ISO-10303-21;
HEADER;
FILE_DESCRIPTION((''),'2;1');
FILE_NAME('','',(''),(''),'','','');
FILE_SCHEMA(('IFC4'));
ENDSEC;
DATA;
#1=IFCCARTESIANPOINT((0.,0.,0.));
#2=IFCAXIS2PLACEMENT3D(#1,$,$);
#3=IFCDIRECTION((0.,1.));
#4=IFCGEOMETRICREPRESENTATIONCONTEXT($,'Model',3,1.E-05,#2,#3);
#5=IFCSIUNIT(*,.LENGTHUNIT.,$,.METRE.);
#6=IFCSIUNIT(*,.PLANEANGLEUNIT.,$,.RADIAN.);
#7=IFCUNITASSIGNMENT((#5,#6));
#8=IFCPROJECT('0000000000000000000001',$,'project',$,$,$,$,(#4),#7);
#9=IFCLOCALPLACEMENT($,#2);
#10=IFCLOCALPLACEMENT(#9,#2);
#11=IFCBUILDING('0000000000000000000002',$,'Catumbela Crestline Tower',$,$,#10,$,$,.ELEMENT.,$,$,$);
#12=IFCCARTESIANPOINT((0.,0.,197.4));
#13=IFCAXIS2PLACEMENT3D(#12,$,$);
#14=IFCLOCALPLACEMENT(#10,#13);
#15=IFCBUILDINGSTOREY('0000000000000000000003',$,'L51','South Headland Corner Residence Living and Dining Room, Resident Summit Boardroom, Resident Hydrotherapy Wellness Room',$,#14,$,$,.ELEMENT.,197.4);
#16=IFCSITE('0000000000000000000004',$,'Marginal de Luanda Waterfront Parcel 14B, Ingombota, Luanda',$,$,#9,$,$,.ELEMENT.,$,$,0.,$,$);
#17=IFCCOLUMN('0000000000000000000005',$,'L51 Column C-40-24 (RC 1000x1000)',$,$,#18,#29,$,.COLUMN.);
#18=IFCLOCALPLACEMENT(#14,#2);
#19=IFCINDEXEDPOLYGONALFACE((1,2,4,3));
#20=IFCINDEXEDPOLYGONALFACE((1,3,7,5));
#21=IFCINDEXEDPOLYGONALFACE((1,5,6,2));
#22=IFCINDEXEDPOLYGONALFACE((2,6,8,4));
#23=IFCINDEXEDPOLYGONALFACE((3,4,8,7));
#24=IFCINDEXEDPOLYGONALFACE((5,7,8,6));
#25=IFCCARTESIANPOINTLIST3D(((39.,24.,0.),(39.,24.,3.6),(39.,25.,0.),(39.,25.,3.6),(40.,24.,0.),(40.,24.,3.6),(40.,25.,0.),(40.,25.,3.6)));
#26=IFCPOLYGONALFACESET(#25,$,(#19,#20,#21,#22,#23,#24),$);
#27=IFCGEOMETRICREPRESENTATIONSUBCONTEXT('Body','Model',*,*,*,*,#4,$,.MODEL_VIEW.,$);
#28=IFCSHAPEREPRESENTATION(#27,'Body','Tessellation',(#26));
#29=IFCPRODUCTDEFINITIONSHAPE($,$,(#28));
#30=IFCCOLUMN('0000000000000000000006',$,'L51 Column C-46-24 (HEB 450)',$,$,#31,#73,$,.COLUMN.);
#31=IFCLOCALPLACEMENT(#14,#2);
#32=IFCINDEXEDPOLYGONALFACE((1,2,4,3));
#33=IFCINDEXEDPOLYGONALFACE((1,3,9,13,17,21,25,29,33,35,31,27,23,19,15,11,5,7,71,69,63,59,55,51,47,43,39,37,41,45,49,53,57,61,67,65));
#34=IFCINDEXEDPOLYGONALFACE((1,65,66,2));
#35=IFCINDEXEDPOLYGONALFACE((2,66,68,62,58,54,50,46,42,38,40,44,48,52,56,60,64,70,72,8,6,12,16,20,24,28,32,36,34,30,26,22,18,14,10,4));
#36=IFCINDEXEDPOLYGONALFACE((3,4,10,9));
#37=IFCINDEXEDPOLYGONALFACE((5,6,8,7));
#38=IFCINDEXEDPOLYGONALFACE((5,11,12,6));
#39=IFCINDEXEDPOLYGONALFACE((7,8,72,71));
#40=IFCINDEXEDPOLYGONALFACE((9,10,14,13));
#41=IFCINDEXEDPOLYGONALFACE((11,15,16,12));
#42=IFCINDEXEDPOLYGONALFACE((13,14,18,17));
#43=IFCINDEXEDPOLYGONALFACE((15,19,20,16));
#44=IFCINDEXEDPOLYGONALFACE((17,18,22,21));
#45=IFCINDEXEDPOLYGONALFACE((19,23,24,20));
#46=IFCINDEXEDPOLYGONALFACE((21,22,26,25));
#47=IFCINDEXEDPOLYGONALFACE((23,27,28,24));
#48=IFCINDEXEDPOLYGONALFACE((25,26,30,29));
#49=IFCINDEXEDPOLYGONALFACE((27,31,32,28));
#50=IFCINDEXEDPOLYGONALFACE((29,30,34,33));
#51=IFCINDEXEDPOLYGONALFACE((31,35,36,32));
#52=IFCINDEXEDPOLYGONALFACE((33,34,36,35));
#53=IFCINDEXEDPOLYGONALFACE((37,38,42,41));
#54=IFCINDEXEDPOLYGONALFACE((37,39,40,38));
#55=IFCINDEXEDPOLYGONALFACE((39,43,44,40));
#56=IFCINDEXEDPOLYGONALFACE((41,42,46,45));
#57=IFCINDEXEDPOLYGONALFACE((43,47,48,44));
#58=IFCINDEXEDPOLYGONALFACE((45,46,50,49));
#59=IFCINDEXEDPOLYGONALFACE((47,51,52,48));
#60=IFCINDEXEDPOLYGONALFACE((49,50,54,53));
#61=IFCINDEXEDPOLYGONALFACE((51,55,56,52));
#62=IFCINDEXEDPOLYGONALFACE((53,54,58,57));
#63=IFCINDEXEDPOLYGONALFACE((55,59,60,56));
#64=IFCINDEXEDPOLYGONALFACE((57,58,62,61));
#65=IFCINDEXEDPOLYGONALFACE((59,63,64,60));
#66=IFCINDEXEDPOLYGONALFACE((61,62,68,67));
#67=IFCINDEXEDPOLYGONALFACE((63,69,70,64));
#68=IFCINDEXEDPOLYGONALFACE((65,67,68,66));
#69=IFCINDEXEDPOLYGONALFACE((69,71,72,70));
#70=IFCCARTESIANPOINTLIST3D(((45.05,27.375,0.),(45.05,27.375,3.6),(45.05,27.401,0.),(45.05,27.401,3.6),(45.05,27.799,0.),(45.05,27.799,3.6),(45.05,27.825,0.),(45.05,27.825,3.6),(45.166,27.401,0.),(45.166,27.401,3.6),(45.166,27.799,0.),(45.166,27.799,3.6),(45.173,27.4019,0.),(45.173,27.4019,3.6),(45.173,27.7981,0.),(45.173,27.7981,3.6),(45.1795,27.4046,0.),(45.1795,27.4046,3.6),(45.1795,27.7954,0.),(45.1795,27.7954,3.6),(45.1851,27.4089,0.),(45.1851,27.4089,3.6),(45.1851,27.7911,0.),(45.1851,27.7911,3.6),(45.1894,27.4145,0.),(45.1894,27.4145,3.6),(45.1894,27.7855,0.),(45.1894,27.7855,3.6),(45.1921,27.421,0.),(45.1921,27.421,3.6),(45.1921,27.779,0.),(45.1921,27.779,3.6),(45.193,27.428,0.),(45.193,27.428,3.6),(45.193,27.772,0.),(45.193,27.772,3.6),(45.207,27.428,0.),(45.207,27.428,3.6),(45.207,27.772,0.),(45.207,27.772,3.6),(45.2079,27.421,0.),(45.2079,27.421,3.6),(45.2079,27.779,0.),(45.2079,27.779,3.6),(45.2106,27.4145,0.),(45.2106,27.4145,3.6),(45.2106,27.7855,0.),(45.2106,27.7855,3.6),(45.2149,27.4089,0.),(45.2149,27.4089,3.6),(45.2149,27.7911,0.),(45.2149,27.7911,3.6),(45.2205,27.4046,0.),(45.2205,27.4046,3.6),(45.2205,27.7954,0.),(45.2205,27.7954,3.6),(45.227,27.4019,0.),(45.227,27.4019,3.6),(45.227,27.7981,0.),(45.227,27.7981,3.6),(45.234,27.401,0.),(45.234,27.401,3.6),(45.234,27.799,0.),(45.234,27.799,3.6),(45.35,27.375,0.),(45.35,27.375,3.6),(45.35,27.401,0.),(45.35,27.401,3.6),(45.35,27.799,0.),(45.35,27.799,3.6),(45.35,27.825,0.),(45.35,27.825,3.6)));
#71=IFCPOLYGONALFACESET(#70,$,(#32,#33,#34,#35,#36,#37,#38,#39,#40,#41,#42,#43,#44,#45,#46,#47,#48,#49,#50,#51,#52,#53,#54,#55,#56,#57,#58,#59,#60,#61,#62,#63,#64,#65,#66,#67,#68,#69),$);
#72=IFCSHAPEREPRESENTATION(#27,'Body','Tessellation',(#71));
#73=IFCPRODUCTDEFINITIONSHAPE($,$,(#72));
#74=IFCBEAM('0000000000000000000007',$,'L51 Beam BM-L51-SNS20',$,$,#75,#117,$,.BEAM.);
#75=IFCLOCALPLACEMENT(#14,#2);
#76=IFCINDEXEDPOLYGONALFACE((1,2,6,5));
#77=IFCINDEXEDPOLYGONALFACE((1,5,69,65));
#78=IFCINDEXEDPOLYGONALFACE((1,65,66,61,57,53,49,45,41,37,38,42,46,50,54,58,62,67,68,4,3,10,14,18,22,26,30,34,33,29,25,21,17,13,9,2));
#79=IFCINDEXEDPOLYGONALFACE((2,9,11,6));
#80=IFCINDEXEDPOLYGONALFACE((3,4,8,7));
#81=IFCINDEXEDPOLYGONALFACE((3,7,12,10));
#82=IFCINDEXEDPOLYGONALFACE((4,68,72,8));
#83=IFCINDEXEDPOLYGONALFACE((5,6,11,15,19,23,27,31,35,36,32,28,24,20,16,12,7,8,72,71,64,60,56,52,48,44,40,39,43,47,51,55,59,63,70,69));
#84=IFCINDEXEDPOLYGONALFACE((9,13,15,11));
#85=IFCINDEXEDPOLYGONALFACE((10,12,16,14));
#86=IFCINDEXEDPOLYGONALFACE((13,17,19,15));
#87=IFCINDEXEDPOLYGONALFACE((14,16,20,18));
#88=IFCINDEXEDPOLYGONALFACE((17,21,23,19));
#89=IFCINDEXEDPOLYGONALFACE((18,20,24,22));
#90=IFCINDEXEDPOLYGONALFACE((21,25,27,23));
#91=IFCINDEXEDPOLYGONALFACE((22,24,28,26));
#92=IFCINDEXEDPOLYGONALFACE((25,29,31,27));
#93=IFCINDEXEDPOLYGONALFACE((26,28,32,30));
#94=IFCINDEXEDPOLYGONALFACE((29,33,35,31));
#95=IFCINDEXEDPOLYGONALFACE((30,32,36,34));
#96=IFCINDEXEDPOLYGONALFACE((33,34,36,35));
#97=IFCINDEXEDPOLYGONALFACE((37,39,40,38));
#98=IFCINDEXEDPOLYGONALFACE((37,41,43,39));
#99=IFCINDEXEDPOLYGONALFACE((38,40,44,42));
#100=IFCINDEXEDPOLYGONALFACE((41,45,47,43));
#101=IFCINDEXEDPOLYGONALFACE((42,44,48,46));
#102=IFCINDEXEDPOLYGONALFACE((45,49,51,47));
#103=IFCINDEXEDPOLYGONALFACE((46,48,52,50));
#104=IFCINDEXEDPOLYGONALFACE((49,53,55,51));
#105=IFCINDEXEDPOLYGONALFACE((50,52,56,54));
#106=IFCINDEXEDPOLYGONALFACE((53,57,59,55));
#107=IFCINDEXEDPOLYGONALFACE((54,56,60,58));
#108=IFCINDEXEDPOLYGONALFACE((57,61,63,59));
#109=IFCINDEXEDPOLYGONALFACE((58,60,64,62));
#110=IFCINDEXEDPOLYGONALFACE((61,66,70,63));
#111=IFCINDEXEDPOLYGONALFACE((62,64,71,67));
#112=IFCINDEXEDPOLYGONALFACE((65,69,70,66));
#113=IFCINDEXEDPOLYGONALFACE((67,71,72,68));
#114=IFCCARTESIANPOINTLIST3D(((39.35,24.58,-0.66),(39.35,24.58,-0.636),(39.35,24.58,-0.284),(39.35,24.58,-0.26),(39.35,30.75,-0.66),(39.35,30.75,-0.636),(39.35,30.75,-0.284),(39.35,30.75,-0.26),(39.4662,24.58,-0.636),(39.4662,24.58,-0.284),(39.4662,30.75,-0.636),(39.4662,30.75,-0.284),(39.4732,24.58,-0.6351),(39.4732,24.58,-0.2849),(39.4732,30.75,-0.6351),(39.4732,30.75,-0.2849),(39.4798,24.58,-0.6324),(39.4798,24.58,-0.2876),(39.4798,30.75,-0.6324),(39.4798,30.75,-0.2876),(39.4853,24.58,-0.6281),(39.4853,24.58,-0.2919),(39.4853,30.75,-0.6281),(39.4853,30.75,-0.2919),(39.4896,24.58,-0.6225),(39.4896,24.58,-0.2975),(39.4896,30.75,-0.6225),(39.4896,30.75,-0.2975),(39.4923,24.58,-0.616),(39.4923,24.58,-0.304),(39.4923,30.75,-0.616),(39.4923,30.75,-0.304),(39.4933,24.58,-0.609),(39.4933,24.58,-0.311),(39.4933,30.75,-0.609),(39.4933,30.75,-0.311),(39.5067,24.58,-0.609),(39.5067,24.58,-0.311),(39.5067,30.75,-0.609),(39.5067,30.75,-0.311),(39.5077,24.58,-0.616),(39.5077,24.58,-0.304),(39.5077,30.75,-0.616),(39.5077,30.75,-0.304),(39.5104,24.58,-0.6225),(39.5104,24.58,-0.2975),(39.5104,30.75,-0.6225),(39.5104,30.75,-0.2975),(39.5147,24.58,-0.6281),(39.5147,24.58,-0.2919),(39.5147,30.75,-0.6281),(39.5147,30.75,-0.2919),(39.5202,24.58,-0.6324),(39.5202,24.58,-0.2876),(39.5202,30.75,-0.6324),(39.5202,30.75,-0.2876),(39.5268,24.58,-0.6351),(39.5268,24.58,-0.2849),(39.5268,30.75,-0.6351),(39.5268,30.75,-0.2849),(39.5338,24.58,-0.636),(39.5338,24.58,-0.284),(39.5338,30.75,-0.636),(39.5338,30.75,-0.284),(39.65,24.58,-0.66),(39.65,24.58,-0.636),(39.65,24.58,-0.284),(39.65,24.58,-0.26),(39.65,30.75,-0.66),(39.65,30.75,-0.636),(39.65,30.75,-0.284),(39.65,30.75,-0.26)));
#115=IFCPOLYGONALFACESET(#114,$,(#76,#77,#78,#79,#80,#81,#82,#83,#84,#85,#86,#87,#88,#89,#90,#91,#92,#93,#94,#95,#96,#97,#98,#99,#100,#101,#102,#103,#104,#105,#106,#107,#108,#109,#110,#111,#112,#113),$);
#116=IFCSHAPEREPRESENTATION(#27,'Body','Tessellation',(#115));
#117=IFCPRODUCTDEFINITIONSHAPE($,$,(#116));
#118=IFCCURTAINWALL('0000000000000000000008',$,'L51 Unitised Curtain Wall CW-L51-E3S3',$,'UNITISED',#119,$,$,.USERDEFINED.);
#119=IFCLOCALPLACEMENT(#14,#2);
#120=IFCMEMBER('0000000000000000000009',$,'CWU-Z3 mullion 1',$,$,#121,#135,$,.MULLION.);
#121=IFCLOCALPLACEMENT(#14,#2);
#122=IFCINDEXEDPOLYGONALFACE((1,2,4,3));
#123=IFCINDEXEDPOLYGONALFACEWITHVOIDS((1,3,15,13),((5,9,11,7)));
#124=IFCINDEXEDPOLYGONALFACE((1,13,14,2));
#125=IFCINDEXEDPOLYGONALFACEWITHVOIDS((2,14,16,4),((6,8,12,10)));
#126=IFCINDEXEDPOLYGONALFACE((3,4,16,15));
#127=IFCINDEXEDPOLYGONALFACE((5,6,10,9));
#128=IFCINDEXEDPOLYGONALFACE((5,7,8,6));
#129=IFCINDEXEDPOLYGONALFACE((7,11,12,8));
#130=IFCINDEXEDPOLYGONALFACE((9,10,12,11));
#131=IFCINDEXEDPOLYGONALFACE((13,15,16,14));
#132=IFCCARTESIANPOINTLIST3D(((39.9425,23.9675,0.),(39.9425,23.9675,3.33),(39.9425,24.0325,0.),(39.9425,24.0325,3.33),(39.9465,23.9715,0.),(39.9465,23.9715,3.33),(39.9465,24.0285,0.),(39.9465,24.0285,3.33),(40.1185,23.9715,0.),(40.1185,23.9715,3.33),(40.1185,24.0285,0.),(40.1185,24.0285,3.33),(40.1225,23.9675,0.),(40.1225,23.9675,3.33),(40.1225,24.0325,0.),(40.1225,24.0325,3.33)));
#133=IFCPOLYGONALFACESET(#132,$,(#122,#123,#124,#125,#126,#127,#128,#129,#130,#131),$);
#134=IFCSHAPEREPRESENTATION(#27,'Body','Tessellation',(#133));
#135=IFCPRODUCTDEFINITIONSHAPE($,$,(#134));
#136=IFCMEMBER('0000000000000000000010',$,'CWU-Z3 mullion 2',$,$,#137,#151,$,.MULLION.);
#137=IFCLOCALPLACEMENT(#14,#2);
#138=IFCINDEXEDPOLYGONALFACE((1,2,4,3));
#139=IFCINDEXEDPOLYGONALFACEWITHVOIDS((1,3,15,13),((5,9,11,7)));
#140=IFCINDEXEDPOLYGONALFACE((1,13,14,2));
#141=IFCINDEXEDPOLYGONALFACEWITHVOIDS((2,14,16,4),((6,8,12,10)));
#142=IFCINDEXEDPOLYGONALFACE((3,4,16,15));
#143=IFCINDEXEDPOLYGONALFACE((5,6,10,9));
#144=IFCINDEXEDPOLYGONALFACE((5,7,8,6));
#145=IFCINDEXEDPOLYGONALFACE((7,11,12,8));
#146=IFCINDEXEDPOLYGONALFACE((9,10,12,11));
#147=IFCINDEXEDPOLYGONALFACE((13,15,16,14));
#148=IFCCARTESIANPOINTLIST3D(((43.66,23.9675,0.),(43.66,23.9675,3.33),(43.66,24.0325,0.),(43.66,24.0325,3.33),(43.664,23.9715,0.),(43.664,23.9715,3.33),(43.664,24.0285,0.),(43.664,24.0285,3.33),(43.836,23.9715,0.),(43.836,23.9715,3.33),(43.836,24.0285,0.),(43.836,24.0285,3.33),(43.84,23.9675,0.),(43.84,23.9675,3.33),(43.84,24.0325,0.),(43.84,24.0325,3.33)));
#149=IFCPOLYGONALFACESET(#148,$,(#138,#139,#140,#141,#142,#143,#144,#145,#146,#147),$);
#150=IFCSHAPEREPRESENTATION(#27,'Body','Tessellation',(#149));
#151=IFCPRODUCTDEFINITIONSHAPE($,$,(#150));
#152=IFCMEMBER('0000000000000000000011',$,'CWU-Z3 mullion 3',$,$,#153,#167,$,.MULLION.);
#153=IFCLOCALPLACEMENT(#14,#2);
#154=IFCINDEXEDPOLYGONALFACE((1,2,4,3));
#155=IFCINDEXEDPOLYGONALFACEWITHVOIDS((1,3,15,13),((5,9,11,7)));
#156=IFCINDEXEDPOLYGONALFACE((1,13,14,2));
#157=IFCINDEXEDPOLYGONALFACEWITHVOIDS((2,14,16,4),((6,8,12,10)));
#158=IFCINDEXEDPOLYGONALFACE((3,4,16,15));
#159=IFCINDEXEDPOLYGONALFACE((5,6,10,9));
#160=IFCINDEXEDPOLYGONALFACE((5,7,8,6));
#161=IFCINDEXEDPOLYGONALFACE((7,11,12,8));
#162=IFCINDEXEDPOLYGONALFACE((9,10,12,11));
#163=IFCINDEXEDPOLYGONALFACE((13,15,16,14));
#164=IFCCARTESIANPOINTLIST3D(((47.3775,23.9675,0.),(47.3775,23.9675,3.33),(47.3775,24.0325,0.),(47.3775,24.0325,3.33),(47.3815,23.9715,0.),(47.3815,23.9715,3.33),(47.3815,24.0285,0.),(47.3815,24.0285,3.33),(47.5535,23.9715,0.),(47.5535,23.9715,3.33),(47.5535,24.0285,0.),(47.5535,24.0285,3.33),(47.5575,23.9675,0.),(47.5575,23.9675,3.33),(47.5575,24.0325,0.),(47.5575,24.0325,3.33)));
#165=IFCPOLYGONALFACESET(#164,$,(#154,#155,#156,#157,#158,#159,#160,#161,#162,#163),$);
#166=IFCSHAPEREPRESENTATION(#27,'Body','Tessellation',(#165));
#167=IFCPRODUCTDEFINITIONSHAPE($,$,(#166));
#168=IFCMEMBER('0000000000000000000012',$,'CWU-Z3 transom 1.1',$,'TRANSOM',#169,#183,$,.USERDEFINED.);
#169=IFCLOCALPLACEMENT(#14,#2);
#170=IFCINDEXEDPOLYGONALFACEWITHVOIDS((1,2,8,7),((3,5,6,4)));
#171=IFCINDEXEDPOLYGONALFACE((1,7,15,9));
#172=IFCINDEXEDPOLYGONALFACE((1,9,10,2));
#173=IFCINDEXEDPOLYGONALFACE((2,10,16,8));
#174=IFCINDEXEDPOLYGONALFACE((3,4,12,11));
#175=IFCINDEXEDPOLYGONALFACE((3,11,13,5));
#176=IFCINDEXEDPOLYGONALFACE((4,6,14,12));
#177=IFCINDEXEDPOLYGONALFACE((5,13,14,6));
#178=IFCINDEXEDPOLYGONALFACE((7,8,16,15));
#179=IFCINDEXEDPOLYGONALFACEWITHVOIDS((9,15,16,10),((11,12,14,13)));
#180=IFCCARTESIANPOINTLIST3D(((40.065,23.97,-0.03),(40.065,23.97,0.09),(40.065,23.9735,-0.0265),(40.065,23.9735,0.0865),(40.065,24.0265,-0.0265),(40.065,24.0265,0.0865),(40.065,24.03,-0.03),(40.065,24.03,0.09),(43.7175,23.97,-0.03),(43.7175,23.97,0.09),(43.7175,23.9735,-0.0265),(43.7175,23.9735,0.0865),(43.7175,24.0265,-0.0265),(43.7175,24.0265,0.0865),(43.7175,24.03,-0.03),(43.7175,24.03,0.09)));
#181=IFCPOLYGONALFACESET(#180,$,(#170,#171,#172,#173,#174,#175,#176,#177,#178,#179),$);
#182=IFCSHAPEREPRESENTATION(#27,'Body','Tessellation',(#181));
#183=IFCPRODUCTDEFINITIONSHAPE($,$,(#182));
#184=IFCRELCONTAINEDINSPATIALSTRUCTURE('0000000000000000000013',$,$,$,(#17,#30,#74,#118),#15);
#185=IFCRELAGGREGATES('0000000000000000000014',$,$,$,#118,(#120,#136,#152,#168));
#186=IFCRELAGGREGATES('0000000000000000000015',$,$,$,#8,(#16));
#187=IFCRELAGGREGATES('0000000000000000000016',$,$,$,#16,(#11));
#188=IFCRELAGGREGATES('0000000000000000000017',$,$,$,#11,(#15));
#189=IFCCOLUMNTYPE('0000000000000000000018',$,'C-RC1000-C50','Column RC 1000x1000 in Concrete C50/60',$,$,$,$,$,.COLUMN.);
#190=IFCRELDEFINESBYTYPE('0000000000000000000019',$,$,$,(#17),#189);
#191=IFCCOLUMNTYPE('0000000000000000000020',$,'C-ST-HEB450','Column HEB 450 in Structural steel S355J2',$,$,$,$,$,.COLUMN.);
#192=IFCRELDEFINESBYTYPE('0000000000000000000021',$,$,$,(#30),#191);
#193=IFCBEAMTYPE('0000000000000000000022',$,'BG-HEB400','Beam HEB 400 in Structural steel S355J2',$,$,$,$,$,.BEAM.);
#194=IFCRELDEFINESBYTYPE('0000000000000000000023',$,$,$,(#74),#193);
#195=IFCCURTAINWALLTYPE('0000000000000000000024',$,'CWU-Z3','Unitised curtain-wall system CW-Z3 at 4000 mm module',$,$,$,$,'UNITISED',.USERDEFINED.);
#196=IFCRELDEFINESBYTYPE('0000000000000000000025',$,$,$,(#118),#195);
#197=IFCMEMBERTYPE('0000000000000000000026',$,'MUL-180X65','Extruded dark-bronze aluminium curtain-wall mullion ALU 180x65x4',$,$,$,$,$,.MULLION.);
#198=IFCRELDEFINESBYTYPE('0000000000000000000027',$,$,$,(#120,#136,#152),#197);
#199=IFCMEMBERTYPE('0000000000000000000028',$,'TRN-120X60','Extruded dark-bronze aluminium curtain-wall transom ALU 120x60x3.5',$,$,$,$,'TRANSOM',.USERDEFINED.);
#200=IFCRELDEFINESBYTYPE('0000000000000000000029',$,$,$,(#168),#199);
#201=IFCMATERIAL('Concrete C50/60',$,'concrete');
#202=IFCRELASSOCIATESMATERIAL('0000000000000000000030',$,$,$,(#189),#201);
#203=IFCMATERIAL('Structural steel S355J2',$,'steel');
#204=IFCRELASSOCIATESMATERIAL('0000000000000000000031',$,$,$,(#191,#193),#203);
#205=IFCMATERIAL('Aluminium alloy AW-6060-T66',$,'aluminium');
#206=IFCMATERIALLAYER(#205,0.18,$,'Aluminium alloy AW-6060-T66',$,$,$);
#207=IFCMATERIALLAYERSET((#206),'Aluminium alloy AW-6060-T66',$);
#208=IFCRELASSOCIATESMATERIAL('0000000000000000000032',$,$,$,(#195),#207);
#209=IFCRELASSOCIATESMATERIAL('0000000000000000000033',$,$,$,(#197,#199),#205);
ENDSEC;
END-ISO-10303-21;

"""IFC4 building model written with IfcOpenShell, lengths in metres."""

from ifc_helpers import new_model, si_unit, direction, frame, origin, origin_2d, place, context, subcontext, project, spatial, rectangle, hollow_rectangle, i_section, extrude, material, layer, layer_set, material_profile, profile_set, type_object, element, aggregate, save


model = new_model("IFC4")

# Units and contexts
model_context = context("Model", 3, precision=1e-05, world=origin(), true_north=direction((0.0, 1.0)))
body_context = subcontext(model_context, "Body", "Model", "MODEL_VIEW")
ifc_project = project(units=[si_unit("LENGTHUNIT", "METRE"), si_unit("PLANEANGLEUNIT", "RADIAN")], contexts=[model_context])

# Site, building, storey
site_placement = place(None, origin())
site = spatial("IfcSite", under=ifc_project, at=site_placement, Name="Marginal de Luanda Waterfront Parcel 14B, Ingombota, Luanda", CompositionType="ELEMENT", RefElevation=0.0)
building_placement = place(site_placement, origin())
building = spatial("IfcBuilding", under=site, at=building_placement, Name="Catumbela Crestline Tower", CompositionType="ELEMENT")
storey_placement = place(building_placement, frame((0.0, 0.0, 197.4)))
storey = spatial("IfcBuildingStorey", under=building, at=storey_placement, Name="L51", Description="South Headland Corner Residence Living and Dining Room, Resident Summit Boardroom, Resident Hydrotherapy Wellness Room", CompositionType="ELEMENT", Elevation=197.4)

# Columns
ifc_material_1 = material(Name="Concrete C50/60", Category="concrete")
ifc_material_profile_1 = material_profile(ifc_material_1, rectangle(XDim=1.0, YDim=1.0, at=origin_2d()), Name="RC 1000x1000")
ifc_profile_set_1 = profile_set([ifc_material_profile_1], Name="Concrete C50/60")
column_type_1 = type_object("IfcColumnType", Name="C-RC1000-C50", Description="Column RC 1000x1000 in Concrete C50/60", PredefinedType="COLUMN", material=ifc_profile_set_1)
column_1_placement = place(storey_placement, frame((39.5, 24.5, 0.0), z_axis=(0.0, 0.0, 1.0), x_axis=(1.0, 0.0, 0.0)))
element("IfcColumn", 1, at=column_1_placement, inside=storey, type_object=column_type_1, Name="L51 Column C-40-24 (RC 1000x1000)", PredefinedType="COLUMN", context=body_context, shape_type="SweptSolid", body=[
    extrude(rectangle(XDim=1.0, YDim=1.0, at=origin_2d()), origin(), (0.0, 0.0, 1.0), 3.6),
])
ifc_material_2 = material(Name="Structural steel S355J2", Category="steel")
ifc_material_profile_2 = material_profile(ifc_material_2, i_section(OverallWidth=0.3, OverallDepth=0.45, WebThickness=0.014, FlangeThickness=0.026, FilletRadius=0.027, at=origin_2d()), Name="HEB 450")
ifc_profile_set_2 = profile_set([ifc_material_profile_2], Name="Structural steel S355J2")
column_type_2 = type_object("IfcColumnType", Name="C-ST-HEB450", Description="Column HEB 450 in Structural steel S355J2", PredefinedType="COLUMN", material=ifc_profile_set_2)
column_2_placement = place(storey_placement, frame((45.2, 27.6, 0.0), z_axis=(0.0, 0.0, 1.0), x_axis=(1.0, 0.0, 0.0)))
element("IfcColumn", 2, at=column_2_placement, inside=storey, type_object=column_type_2, Name="L51 Column C-46-24 (HEB 450)", PredefinedType="COLUMN", context=body_context, shape_type="SweptSolid", body=[
    extrude(i_section(OverallWidth=0.3, OverallDepth=0.45, WebThickness=0.014, FlangeThickness=0.026, FilletRadius=0.027, at=origin_2d()), origin(), (0.0, 0.0, 1.0), 3.6),
])

# Beam
ifc_material_profile_3 = material_profile(ifc_material_2, i_section(OverallWidth=0.3, OverallDepth=0.4, WebThickness=0.0135, FlangeThickness=0.024, FilletRadius=0.027, at=origin_2d()), Name="HEB 400")
ifc_profile_set_3 = profile_set([ifc_material_profile_3], Name="Structural steel S355J2")
beam_type = type_object("IfcBeamType", Name="BG-HEB400", Description="Beam HEB 400 in Structural steel S355J2", PredefinedType="BEAM", material=ifc_profile_set_3)
beam_placement = place(storey_placement, frame((39.5, 24.58, -0.46), z_axis=(0.0, 1.0, 0.0), x_axis=(-1.0, 0.0, 0.0)))
element("IfcBeam", 3, at=beam_placement, inside=storey, type_object=beam_type, Name="L51 Beam BM-L51-SNS20", PredefinedType="BEAM", context=body_context, shape_type="SweptSolid", body=[
    extrude(i_section(OverallWidth=0.3, OverallDepth=0.4, WebThickness=0.0135, FlangeThickness=0.024, FilletRadius=0.027, at=origin_2d()), origin(), (0.0, 0.0, 1.0), 6.17),
])

# Curtain wall, members
ifc_material_3 = material(Name="Aluminium alloy AW-6060-T66", Category="aluminium")
ifc_layer_1 = layer(ifc_material_3, 0.18, Name="Aluminium alloy AW-6060-T66")
ifc_layer_set_1 = layer_set([ifc_layer_1], Name="Aluminium alloy AW-6060-T66")
curtain_wall_type = type_object("IfcCurtainWallType", Name="CWU-Z3", Description="Unitised curtain-wall system CW-Z3 at 4000 mm module", ElementType="UNITISED", PredefinedType="USERDEFINED", material=ifc_layer_set_1)
curtain_wall_placement = place(storey_placement, origin())
curtain_wall = element("IfcCurtainWall", 4, at=curtain_wall_placement, inside=storey, type_object=curtain_wall_type, Name="L51 Unitised Curtain Wall CW-L51-E3S3", ObjectType="UNITISED", PredefinedType="USERDEFINED")
ifc_material_profile_4 = material_profile(ifc_material_3, hollow_rectangle(XDim=0.065, YDim=0.18, WallThickness=0.004, at=origin_2d()), Name="ALU 180x65x4")
ifc_profile_set_4 = profile_set([ifc_material_profile_4], Name="Aluminium alloy AW-6060-T66")
member_type_1 = type_object("IfcMemberType", Name="MUL-180X65", Description="Extruded dark-bronze aluminium curtain-wall mullion ALU 180x65x4", PredefinedType="MULLION", material=ifc_profile_set_4)
member_1_placement = place(storey_placement, frame((40.0325, 24.0, 0.0), z_axis=(0.0, 0.0, 1.0), x_axis=(0.0, 1.0, 0.0)))
member_1 = element("IfcMember", 5, at=member_1_placement, type_object=member_type_1, Name="CWU-Z3 mullion 1", PredefinedType="MULLION", context=body_context, shape_type="SweptSolid", body=[
    extrude(hollow_rectangle(XDim=0.065, YDim=0.18, WallThickness=0.004, at=origin_2d()), origin(), (0.0, 0.0, 1.0), 3.33),
])
member_2_placement = place(storey_placement, frame((43.75, 24.0, 0.0), z_axis=(0.0, 0.0, 1.0), x_axis=(0.0, 1.0, 0.0)))
member_2 = element("IfcMember", 6, at=member_2_placement, type_object=member_type_1, Name="CWU-Z3 mullion 2", PredefinedType="MULLION", context=body_context, shape_type="SweptSolid", body=[
    extrude(hollow_rectangle(XDim=0.065, YDim=0.18, WallThickness=0.004, at=origin_2d()), origin(), (0.0, 0.0, 1.0), 3.33),
])
member_3_placement = place(storey_placement, frame((47.4675, 24.0, 0.0), z_axis=(0.0, 0.0, 1.0), x_axis=(0.0, 1.0, 0.0)))
member_3 = element("IfcMember", 7, at=member_3_placement, type_object=member_type_1, Name="CWU-Z3 mullion 3", PredefinedType="MULLION", context=body_context, shape_type="SweptSolid", body=[
    extrude(hollow_rectangle(XDim=0.065, YDim=0.18, WallThickness=0.004, at=origin_2d()), origin(), (0.0, 0.0, 1.0), 3.33),
])
ifc_material_profile_5 = material_profile(ifc_material_3, hollow_rectangle(XDim=0.06, YDim=0.12, WallThickness=0.0035, at=origin_2d()), Name="ALU 120x60x3.5")
ifc_profile_set_5 = profile_set([ifc_material_profile_5], Name="Aluminium alloy AW-6060-T66")
member_type_2 = type_object("IfcMemberType", Name="TRN-120X60", Description="Extruded dark-bronze aluminium curtain-wall transom ALU 120x60x3.5", ElementType="TRANSOM", PredefinedType="USERDEFINED", material=ifc_profile_set_5)
member_4_placement = place(storey_placement, frame((40.065, 24.0, 0.03), z_axis=(1.0, 0.0, 0.0), x_axis=(0.0, 1.0, 0.0)))
member_4 = element("IfcMember", 8, at=member_4_placement, type_object=member_type_2, Name="CWU-Z3 transom 1.1", ObjectType="TRANSOM", PredefinedType="USERDEFINED", context=body_context, shape_type="SweptSolid", body=[
    extrude(hollow_rectangle(XDim=0.06, YDim=0.12, WallThickness=0.0035, at=origin_2d()), origin(), (0.0, 0.0, 1.0), 3.6525),
])
aggregate(curtain_wall, [member_1, member_2, member_3, member_4])

save(model, "model.ifc")
